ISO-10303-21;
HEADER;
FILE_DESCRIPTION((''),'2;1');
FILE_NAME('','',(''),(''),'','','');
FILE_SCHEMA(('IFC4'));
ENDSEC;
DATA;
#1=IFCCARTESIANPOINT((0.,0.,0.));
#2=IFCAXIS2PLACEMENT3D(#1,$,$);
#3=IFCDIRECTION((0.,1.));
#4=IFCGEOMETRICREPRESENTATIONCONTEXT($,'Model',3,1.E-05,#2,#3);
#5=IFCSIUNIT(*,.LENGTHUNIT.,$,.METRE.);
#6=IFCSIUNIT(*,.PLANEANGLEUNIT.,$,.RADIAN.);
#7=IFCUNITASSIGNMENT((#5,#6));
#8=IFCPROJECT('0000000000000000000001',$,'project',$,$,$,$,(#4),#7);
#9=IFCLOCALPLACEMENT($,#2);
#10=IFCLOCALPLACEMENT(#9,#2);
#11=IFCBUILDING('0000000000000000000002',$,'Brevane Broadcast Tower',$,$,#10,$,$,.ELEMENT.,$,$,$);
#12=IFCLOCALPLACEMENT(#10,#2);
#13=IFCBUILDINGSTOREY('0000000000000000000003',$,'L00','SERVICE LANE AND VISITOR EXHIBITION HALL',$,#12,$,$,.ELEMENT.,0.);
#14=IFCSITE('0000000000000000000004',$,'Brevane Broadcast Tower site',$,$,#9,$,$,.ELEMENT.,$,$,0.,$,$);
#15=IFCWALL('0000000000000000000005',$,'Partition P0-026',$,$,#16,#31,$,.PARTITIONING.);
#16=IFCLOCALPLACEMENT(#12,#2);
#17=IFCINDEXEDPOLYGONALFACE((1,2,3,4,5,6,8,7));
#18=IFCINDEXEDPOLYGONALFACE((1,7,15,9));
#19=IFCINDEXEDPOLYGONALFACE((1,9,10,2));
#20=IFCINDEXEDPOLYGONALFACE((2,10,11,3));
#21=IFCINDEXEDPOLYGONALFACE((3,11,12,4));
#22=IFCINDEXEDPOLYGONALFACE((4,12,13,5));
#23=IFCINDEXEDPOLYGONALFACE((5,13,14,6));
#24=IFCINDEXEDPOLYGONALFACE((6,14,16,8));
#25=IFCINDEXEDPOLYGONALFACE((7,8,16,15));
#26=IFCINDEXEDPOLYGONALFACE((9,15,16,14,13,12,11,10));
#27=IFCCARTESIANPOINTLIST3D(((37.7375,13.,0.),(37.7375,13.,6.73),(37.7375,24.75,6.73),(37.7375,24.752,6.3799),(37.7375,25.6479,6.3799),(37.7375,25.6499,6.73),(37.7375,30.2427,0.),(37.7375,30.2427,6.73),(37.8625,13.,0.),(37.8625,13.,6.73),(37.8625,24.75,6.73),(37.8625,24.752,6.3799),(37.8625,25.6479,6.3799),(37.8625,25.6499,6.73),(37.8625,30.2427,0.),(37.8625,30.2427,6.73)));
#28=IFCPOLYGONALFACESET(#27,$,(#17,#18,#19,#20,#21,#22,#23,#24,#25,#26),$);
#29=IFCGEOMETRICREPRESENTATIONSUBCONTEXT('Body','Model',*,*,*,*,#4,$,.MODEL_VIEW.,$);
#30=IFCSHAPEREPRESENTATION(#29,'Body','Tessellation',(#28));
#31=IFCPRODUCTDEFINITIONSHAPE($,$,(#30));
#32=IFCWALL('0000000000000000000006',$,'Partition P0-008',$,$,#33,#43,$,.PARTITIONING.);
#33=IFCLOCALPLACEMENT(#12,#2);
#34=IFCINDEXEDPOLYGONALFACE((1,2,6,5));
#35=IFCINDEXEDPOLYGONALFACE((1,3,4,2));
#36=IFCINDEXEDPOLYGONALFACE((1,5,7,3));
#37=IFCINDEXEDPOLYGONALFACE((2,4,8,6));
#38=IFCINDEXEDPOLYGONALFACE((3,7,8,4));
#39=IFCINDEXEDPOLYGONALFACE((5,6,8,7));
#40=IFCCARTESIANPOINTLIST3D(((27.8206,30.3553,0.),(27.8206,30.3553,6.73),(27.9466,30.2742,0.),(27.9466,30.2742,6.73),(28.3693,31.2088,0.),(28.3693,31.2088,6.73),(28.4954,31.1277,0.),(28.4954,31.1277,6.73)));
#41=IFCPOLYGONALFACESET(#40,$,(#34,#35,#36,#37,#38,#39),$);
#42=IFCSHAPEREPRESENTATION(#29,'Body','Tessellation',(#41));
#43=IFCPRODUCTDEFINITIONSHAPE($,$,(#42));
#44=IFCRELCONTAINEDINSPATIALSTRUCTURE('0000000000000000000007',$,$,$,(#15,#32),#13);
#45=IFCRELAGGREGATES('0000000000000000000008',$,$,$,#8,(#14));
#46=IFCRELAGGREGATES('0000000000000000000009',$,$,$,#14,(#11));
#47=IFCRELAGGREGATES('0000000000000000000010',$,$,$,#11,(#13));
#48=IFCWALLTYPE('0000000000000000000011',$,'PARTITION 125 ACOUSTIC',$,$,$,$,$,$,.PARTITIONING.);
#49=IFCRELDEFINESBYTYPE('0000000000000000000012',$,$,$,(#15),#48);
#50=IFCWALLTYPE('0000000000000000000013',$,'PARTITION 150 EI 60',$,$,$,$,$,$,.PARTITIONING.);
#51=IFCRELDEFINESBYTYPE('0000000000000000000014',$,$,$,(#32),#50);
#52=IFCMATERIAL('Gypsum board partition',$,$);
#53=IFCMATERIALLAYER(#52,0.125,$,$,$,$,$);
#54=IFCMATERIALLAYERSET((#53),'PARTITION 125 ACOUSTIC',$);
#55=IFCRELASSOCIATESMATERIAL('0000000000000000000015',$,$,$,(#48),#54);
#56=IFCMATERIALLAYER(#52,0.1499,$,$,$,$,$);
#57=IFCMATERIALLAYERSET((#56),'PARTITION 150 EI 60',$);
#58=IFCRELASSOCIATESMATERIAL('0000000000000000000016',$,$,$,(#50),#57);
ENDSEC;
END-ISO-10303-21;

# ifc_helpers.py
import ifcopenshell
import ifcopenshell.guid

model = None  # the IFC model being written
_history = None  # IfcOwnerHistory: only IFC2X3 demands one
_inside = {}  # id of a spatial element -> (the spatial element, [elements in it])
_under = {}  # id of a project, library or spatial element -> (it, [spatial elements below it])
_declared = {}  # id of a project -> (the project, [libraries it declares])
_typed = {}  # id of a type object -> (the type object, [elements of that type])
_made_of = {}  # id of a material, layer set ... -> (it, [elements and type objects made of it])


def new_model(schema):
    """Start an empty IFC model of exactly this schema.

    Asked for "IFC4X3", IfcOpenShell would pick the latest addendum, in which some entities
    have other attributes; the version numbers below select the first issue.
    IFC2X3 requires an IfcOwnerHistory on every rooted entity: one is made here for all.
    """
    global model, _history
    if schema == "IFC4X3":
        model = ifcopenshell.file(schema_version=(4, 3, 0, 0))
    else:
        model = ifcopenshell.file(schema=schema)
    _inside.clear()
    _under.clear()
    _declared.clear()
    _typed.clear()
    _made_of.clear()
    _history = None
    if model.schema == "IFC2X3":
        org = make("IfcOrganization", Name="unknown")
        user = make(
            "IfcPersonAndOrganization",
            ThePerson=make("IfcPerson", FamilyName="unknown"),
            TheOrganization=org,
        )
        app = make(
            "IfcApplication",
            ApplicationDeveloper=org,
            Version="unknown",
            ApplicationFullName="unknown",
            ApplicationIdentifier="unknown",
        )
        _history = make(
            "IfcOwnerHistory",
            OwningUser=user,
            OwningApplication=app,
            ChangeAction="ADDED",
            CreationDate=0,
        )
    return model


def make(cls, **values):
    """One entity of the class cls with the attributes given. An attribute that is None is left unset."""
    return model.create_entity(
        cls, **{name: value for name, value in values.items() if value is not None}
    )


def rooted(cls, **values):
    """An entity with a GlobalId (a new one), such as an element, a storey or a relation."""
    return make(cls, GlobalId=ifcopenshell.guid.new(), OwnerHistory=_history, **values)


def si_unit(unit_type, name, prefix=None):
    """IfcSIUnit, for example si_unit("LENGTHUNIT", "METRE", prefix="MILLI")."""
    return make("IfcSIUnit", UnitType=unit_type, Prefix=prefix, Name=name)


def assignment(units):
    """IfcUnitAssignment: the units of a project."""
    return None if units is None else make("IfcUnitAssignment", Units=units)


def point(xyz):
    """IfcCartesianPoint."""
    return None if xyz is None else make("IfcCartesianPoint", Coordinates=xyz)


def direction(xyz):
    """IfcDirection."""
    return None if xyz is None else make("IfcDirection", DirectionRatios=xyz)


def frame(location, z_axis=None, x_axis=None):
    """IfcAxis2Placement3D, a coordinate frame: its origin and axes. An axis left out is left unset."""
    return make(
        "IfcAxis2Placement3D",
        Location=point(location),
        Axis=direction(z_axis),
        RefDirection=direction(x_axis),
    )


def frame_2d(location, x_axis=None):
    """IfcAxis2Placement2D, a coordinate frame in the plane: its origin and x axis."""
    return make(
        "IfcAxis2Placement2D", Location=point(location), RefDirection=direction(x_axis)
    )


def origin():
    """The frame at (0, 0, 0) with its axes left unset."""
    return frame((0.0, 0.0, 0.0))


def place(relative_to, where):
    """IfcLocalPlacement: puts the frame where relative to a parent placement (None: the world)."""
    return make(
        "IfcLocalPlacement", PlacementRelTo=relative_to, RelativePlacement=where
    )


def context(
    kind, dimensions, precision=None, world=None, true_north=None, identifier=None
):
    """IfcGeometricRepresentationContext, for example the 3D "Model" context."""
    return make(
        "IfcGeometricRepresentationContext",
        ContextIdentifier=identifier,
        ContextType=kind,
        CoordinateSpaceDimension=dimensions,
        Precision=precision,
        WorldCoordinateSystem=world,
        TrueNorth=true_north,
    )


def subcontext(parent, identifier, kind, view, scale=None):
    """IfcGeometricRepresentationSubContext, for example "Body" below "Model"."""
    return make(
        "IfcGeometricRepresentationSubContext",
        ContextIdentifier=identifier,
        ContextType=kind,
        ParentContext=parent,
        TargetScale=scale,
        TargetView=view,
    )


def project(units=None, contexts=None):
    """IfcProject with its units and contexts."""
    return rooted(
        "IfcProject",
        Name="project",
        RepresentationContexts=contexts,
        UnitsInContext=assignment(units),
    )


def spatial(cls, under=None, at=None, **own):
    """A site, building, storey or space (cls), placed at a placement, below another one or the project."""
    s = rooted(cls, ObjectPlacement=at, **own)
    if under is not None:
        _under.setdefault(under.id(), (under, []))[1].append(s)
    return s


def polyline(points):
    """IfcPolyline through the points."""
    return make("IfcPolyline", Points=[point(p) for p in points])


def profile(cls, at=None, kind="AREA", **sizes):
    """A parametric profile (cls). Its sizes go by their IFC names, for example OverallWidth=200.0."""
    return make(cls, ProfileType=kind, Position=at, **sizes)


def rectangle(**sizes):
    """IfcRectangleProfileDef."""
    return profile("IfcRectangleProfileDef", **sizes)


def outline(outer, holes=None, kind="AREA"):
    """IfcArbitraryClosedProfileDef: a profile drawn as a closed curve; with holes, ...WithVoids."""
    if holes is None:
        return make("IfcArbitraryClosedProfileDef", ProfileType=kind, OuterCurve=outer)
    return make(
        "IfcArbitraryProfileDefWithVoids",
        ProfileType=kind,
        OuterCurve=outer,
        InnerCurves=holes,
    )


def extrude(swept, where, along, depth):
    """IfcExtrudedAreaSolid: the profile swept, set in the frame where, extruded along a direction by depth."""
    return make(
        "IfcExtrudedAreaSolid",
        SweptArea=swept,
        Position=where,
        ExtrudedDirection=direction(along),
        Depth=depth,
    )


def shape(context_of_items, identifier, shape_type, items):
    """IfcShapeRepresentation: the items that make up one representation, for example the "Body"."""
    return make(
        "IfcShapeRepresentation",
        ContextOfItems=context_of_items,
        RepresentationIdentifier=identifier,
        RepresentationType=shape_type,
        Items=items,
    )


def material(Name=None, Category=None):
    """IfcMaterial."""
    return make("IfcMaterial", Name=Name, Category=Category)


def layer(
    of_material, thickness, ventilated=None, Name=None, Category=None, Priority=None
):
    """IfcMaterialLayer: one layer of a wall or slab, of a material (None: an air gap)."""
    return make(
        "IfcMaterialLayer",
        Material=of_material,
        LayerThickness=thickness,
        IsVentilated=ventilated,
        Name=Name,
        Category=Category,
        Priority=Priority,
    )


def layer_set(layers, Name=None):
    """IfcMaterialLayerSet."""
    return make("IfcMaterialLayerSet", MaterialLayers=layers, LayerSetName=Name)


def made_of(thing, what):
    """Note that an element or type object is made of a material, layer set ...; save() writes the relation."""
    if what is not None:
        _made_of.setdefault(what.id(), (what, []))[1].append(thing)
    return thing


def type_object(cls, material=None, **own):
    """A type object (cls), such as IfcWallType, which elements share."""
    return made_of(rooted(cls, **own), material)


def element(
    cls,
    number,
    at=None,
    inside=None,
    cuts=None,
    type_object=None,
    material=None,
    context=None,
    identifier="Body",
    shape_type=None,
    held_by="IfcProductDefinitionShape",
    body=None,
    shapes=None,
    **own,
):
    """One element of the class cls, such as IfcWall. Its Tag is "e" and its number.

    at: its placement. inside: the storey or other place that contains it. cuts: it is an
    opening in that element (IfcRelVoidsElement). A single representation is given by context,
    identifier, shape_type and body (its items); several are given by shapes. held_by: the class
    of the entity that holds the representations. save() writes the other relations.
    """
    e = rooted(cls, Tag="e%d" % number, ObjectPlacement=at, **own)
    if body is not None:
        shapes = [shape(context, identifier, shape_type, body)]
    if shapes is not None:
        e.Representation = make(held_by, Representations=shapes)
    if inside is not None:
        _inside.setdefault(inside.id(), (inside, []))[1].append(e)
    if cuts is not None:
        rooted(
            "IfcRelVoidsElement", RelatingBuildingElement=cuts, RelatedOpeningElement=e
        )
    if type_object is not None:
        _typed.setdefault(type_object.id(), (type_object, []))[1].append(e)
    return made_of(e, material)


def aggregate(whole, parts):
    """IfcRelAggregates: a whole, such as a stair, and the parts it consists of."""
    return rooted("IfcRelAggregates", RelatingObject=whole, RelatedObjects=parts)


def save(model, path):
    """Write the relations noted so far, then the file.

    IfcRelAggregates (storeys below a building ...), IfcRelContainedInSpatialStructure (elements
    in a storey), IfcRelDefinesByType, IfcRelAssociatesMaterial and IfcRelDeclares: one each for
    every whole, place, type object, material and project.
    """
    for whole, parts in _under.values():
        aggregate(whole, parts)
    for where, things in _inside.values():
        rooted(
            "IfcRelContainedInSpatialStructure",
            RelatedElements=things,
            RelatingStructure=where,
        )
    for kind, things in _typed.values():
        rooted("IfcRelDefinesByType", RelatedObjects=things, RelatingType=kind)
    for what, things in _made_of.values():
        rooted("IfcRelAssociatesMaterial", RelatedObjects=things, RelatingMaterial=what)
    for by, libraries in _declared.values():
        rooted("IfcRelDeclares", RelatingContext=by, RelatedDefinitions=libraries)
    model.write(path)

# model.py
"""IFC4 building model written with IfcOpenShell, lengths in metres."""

from ifc_helpers import new_model, si_unit, direction, frame, frame_2d, origin, place, context, subcontext, project, spatial, polyline, rectangle, outline, extrude, material, layer, layer_set, type_object, element, save


model = new_model("IFC4")

# Units and contexts
model_context = context("Model", 3, precision=1e-05, world=origin(), true_north=direction((0.0, 1.0)))
body_context = subcontext(model_context, "Body", "Model", "MODEL_VIEW")
ifc_project = project(units=[si_unit("LENGTHUNIT", "METRE"), si_unit("PLANEANGLEUNIT", "RADIAN")], contexts=[model_context])

# Site, building, storey
site_placement = place(None, origin())
site = spatial("IfcSite", under=ifc_project, at=site_placement, Name="Brevane Broadcast Tower site", CompositionType="ELEMENT", RefElevation=0.0)
building_placement = place(site_placement, origin())
building = spatial("IfcBuilding", under=site, at=building_placement, Name="Brevane Broadcast Tower", CompositionType="ELEMENT")
storey_placement = place(building_placement, origin())
storey = spatial("IfcBuildingStorey", under=building, at=storey_placement, Name="L00", Description="SERVICE LANE AND VISITOR EXHIBITION HALL", CompositionType="ELEMENT", Elevation=0.0)

# Walls
ifc_material_1 = material(Name="Gypsum board partition")
ifc_layer_1 = layer(ifc_material_1, 0.125)
ifc_layer_set_1 = layer_set([ifc_layer_1], Name="PARTITION 125 ACOUSTIC")
wall_type_1 = type_object("IfcWallType", Name="PARTITION 125 ACOUSTIC", PredefinedType="PARTITIONING", material=ifc_layer_set_1)
wall_1_placement = place(storey_placement, frame((37.8, 30.2427, 0.0), z_axis=(0.0, 0.0, 1.0), x_axis=(0.0, -1.0, 0.0)))
element("IfcWall", 1, at=wall_1_placement, inside=storey, type_object=wall_type_1, Name="Partition P0-026", PredefinedType="PARTITIONING", context=body_context, shape_type="SweptSolid", body=[
    extrude(outline(polyline([(0.0, 0.0), (17.2427, 0.0), (17.2427, 6.73), (5.4927, 6.73), (5.4907, 6.3799), (4.5947, 6.3799), (4.5928, 6.73), (0.0, 6.73), (0.0, 0.0)])), frame((0.0, 0.0625, 0.0), z_axis=(0.0, -1.0, 0.0), x_axis=(1.0, 0.0, 0.0)), (0.0, 0.0, 1.0), 0.125),
])
ifc_layer_2 = layer(ifc_material_1, 0.1499)
ifc_layer_set_2 = layer_set([ifc_layer_2], Name="PARTITION 150 EI 60")
wall_type_2 = type_object("IfcWallType", Name="PARTITION 150 EI 60", PredefinedType="PARTITIONING", material=ifc_layer_set_2)
wall_2_placement = place(storey_placement, frame((28.4324, 31.1682, 0.0), z_axis=(0.0, 0.0, 1.0), x_axis=(-0.540855, -0.841116, 0.0)))
element("IfcWall", 2, at=wall_2_placement, inside=storey, type_object=wall_type_2, Name="Partition P0-008", PredefinedType="PARTITIONING", context=body_context, shape_type="SweptSolid", body=[
    extrude(rectangle(XDim=1.0146, YDim=0.1499, at=frame_2d((0.5073, 0.0))), origin(), (0.0, 0.0, 1.0), 6.73),
])

save(model, "model.ifc")
